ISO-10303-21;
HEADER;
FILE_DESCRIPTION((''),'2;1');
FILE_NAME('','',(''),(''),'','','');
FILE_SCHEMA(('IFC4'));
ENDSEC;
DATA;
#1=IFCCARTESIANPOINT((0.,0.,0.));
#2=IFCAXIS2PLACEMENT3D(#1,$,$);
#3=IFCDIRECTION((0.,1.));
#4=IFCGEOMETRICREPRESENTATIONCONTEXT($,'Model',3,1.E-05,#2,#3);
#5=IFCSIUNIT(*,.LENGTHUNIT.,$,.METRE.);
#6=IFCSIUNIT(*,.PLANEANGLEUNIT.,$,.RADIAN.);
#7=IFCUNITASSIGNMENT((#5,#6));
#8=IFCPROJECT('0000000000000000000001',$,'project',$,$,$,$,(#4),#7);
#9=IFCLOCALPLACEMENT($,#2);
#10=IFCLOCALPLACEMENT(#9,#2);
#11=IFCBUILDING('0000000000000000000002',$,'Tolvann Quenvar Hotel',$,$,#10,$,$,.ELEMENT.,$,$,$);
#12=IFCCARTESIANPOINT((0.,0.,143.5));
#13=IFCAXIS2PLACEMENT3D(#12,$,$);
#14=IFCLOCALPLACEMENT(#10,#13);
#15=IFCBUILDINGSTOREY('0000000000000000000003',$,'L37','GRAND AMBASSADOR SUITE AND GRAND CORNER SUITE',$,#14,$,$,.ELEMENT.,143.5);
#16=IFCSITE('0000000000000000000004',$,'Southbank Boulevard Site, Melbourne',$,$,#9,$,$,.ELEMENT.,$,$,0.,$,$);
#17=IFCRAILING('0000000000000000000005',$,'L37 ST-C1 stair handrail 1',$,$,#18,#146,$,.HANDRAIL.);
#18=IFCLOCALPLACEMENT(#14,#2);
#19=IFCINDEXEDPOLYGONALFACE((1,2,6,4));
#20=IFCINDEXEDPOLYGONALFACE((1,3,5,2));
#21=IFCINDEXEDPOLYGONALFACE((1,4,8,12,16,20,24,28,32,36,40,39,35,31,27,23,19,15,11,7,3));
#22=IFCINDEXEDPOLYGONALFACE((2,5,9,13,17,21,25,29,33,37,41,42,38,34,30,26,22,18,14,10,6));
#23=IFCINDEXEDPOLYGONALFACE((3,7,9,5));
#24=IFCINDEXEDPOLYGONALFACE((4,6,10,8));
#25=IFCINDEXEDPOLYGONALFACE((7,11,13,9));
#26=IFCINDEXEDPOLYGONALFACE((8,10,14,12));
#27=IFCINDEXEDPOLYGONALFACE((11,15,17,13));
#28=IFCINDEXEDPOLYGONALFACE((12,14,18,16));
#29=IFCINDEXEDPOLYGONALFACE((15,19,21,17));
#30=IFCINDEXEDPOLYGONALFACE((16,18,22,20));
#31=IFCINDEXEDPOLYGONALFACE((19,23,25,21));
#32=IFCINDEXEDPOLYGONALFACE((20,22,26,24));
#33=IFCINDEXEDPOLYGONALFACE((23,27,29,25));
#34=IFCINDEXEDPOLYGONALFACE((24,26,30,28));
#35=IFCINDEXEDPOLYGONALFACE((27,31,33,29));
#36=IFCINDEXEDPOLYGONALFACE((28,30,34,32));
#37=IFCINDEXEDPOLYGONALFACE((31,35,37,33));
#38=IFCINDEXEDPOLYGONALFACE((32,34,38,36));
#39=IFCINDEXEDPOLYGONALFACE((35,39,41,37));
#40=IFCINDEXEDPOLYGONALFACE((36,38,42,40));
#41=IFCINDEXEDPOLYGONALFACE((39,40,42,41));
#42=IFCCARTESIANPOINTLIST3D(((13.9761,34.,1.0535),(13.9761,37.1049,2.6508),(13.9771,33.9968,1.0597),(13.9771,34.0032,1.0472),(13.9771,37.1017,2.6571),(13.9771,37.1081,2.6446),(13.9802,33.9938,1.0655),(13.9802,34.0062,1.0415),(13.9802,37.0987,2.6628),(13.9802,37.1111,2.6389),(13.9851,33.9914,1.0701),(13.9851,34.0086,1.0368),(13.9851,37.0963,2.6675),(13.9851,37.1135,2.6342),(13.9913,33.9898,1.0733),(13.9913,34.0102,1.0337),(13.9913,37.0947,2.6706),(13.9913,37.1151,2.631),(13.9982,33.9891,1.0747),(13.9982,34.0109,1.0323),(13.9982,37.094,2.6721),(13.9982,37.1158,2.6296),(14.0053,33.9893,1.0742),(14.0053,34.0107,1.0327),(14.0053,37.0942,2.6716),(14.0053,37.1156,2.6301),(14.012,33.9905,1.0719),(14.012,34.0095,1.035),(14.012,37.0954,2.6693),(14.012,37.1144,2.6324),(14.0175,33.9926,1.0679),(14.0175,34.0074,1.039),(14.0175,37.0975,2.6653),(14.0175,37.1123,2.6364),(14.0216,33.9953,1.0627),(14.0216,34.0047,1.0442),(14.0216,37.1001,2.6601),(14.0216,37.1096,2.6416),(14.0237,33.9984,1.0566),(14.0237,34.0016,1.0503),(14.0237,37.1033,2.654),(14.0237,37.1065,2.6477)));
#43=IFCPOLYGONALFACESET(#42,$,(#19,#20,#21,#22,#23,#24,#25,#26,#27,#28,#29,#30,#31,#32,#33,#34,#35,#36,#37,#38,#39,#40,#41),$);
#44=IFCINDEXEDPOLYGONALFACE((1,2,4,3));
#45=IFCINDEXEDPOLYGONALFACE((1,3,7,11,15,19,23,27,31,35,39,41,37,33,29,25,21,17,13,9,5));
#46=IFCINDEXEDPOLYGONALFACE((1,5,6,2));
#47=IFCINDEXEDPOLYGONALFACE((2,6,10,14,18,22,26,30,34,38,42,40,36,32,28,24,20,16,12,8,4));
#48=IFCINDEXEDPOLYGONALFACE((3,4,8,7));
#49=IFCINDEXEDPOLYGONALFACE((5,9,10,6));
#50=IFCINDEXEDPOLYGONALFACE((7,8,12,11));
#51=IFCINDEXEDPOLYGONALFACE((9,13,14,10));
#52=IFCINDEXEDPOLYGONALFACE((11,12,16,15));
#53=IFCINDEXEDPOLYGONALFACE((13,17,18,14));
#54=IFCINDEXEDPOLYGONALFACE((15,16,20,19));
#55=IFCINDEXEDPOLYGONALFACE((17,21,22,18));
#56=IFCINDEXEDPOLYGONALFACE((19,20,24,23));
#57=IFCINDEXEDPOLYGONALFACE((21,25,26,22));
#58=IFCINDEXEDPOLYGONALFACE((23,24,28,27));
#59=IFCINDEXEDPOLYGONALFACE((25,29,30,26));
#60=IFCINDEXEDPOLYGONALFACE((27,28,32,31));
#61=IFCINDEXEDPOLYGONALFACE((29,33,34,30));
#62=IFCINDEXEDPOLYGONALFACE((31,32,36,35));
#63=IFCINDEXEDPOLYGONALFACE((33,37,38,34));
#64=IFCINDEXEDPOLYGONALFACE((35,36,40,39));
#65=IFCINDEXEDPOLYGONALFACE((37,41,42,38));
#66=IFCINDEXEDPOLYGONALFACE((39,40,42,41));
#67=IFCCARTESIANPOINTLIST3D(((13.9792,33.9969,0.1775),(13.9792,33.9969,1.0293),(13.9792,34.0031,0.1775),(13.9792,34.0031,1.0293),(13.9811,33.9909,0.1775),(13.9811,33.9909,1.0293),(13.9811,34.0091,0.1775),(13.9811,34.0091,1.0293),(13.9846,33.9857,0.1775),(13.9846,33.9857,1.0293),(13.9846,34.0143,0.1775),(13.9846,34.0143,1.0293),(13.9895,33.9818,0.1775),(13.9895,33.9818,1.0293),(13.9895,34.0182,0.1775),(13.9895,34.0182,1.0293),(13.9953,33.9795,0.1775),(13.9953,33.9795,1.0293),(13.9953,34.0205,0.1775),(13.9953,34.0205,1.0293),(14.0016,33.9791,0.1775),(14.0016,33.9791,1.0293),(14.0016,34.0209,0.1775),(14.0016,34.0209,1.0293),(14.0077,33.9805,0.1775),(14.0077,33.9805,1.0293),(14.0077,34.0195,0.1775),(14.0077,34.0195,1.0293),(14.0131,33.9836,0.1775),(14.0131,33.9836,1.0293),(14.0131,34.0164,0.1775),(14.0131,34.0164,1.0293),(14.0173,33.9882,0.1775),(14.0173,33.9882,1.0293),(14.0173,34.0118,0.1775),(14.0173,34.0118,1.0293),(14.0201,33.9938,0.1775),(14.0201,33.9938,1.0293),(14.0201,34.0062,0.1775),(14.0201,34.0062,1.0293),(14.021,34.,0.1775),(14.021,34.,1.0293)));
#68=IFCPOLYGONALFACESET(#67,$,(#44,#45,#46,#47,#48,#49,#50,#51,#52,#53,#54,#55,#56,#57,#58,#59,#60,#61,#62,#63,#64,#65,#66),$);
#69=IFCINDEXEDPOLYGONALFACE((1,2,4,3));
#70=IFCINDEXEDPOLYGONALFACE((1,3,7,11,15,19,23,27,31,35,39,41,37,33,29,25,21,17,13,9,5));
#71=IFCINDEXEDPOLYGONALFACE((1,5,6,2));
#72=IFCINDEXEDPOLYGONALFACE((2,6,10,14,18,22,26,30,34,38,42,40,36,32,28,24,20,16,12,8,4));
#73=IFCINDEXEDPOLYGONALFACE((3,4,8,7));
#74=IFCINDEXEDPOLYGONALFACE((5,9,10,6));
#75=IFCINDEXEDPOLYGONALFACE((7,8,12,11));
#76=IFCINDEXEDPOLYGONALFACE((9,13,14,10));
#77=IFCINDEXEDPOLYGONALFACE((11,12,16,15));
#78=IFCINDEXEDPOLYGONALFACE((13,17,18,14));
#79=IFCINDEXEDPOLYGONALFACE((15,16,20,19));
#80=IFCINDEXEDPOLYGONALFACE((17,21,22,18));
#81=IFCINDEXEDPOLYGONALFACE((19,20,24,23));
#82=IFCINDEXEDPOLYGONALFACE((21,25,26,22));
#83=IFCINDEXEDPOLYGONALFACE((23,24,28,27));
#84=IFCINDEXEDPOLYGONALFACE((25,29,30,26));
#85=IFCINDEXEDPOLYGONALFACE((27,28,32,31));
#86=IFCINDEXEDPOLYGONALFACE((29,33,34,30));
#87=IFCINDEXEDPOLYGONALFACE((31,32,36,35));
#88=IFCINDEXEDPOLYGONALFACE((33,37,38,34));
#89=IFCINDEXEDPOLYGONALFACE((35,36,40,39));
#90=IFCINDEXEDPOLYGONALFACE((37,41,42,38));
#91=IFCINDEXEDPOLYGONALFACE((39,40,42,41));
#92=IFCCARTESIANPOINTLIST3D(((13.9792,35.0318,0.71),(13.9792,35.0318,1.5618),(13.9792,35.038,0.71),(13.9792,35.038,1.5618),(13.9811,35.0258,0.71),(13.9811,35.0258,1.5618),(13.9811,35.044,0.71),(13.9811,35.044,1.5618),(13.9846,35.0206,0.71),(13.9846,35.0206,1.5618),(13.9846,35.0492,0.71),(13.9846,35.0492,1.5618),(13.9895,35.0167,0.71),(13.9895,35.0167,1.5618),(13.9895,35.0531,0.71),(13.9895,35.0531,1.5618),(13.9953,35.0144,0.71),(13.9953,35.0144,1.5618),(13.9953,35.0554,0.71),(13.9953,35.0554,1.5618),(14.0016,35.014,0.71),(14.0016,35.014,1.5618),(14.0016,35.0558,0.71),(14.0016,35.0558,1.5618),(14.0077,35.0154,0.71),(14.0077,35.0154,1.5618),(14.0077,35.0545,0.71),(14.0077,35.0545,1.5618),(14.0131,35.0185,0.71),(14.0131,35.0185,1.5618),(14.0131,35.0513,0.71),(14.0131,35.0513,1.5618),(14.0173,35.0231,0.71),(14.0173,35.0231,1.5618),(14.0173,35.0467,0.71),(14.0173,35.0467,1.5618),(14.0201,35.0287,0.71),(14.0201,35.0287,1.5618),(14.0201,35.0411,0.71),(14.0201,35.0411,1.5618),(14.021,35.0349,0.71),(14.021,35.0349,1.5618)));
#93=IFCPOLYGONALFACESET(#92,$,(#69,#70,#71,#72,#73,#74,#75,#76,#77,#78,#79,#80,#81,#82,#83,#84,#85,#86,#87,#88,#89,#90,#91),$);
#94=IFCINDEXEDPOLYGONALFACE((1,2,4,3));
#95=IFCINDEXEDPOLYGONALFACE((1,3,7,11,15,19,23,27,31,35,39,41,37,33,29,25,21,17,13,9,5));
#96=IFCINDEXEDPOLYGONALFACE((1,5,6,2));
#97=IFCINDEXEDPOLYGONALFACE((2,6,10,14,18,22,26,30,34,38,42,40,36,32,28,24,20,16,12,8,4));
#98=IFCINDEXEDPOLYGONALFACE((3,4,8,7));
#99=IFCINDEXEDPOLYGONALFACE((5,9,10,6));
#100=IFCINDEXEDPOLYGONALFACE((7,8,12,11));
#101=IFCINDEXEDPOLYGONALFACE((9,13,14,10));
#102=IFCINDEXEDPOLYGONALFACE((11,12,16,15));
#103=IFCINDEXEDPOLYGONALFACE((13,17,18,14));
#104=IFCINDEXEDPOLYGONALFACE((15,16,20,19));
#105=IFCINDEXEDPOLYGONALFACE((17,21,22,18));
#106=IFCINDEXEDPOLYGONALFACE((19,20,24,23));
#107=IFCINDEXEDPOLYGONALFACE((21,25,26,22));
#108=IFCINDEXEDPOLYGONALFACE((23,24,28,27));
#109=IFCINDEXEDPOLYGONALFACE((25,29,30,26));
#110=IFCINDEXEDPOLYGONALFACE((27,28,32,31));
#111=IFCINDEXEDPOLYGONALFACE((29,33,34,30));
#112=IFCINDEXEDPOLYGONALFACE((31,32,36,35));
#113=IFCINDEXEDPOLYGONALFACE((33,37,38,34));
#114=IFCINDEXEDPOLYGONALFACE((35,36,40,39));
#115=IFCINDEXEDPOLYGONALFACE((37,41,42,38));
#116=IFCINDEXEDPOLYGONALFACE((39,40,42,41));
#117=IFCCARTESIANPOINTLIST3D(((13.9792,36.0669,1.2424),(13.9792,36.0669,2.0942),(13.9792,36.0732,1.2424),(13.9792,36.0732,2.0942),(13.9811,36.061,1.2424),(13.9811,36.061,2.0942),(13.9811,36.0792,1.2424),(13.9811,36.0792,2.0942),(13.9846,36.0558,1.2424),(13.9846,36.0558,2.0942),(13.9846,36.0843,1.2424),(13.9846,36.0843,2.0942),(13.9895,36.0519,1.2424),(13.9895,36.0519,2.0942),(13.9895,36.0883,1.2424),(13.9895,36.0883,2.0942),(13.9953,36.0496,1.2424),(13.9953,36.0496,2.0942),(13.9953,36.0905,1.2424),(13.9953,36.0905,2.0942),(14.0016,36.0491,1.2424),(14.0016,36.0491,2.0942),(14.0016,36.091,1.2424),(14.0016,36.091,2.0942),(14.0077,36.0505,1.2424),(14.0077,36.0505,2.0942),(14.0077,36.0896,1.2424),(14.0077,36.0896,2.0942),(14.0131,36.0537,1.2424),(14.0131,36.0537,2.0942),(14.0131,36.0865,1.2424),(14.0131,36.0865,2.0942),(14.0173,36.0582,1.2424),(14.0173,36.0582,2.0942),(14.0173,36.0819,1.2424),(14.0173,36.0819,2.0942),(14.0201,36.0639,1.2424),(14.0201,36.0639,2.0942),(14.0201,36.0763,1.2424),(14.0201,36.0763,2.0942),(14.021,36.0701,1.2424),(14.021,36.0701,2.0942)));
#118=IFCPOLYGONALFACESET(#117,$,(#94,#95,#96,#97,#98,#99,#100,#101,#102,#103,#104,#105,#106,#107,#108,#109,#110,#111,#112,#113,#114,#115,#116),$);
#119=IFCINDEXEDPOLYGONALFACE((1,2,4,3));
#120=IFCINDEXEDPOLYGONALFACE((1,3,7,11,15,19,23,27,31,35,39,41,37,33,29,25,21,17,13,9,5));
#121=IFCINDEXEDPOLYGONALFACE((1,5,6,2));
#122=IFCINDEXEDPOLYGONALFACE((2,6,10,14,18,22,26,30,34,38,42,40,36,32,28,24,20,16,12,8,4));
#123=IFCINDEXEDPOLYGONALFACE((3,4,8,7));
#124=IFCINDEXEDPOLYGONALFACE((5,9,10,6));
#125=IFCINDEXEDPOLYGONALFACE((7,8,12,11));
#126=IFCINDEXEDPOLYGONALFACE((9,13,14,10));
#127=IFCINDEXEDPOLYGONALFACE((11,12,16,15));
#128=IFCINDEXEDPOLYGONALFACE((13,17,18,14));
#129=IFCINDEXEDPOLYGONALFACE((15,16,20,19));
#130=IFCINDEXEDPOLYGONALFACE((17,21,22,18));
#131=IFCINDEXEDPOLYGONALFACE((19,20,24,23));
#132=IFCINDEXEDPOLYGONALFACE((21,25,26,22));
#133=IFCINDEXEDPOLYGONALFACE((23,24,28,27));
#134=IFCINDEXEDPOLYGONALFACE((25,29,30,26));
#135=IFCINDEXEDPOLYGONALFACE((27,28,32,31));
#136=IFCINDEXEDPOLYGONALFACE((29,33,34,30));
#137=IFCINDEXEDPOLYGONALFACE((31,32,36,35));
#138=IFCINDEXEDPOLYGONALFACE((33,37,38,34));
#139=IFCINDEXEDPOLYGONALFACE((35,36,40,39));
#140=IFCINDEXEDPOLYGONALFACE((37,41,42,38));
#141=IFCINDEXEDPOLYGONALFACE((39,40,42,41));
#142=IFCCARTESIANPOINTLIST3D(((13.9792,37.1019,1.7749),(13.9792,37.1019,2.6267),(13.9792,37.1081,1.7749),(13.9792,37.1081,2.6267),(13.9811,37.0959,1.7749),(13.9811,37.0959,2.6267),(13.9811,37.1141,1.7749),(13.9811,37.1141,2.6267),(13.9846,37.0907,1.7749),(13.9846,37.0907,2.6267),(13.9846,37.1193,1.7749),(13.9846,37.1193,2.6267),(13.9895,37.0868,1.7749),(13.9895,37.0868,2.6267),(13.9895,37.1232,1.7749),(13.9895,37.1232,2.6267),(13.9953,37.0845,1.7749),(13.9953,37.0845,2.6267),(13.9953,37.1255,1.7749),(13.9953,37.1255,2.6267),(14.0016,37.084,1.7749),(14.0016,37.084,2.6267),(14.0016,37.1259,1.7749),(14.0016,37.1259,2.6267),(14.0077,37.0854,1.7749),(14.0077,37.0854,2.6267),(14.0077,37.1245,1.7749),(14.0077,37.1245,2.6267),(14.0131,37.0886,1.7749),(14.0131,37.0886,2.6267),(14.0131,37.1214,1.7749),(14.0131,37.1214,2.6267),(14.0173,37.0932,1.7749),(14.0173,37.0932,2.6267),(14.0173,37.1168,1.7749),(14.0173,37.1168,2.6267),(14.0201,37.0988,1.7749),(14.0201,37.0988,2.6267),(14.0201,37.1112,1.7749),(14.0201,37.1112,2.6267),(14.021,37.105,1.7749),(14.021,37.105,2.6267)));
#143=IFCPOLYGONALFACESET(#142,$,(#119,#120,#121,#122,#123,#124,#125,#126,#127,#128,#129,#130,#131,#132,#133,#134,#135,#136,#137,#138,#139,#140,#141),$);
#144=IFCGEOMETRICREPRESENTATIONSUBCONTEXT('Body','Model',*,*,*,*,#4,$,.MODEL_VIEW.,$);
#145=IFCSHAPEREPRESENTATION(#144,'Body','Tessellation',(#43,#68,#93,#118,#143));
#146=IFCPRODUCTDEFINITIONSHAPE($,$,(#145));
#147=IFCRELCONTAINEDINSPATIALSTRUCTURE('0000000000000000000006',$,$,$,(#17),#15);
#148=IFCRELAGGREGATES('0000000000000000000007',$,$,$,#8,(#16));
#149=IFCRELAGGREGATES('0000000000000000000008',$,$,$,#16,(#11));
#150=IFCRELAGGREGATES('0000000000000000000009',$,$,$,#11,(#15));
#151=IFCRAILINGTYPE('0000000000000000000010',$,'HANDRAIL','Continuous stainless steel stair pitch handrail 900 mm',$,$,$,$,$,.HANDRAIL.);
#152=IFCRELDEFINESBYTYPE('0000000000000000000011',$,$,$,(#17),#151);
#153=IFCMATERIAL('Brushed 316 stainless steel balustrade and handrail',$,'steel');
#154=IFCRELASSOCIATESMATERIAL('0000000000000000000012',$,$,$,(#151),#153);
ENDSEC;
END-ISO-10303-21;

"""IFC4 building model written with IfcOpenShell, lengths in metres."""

from ifc_helpers import new_model, si_unit, direction, frame, origin, origin_2d, place, context, subcontext, project, spatial, circle, extrude, material, type_object, element, save


model = new_model("IFC4")

# Units and contexts
model_context = context("Model", 3, precision=1e-05, world=origin(), true_north=direction((0.0, 1.0)))
body_context = subcontext(model_context, "Body", "Model", "MODEL_VIEW")
ifc_project = project(units=[si_unit("LENGTHUNIT", "METRE"), si_unit("PLANEANGLEUNIT", "RADIAN")], contexts=[model_context])

# Site, building, storey
site_placement = place(None, origin())
site = spatial("IfcSite", under=ifc_project, at=site_placement, Name="Southbank Boulevard Site, Melbourne", CompositionType="ELEMENT", RefElevation=0.0)
building_placement = place(site_placement, origin())
building = spatial("IfcBuilding", under=site, at=building_placement, Name="Tolvann Quenvar Hotel", CompositionType="ELEMENT")
storey_placement = place(building_placement, frame((0.0, 0.0, 143.5)))
storey = spatial("IfcBuildingStorey", under=building, at=storey_placement, Name="L37", Description="GRAND AMBASSADOR SUITE AND GRAND CORNER SUITE", CompositionType="ELEMENT", Elevation=143.5)

# Railing
ifc_material_1 = material(Name="Brushed 316 stainless steel balustrade and handrail", Category="steel")
railing_type_1 = type_object("IfcRailingType", Name="HANDRAIL", Description="Continuous stainless steel stair pitch handrail 900 mm", PredefinedType="HANDRAIL", material=ifc_material_1)
railing_1_placement = place(storey_placement, frame((14.0, 34.0, 0.1775)))
element("IfcRailing", 1, at=railing_1_placement, inside=storey, type_object=railing_type_1, Name="L37 ST-C1 stair handrail 1", PredefinedType="HANDRAIL", context=body_context, shape_type="SweptSolid", body=[
    extrude(circle(Radius=0.0239, at=origin_2d()), frame((0.0, 0.0, 0.876), z_axis=(0.0, 0.889222, 0.457476), x_axis=(-1.0, 0.0, 0.0)), (0.0, 0.0, 1.0), 3.4917),
    extrude(circle(Radius=0.021, at=origin_2d()), origin(), (0.0, 0.0, 1.0), 0.8518),
    extrude(circle(Radius=0.021, at=origin_2d()), frame((0.0, 1.0349, 0.5325)), (0.0, 0.0, 1.0), 0.8518),
    extrude(circle(Radius=0.021, at=origin_2d()), frame((0.0, 2.0701, 1.0649)), (0.0, 0.0, 1.0), 0.8518),
    extrude(circle(Radius=0.021, at=origin_2d()), frame((0.0, 3.105, 1.5974)), (0.0, 0.0, 1.0), 0.8518),
])

save(model, "model.ifc")
